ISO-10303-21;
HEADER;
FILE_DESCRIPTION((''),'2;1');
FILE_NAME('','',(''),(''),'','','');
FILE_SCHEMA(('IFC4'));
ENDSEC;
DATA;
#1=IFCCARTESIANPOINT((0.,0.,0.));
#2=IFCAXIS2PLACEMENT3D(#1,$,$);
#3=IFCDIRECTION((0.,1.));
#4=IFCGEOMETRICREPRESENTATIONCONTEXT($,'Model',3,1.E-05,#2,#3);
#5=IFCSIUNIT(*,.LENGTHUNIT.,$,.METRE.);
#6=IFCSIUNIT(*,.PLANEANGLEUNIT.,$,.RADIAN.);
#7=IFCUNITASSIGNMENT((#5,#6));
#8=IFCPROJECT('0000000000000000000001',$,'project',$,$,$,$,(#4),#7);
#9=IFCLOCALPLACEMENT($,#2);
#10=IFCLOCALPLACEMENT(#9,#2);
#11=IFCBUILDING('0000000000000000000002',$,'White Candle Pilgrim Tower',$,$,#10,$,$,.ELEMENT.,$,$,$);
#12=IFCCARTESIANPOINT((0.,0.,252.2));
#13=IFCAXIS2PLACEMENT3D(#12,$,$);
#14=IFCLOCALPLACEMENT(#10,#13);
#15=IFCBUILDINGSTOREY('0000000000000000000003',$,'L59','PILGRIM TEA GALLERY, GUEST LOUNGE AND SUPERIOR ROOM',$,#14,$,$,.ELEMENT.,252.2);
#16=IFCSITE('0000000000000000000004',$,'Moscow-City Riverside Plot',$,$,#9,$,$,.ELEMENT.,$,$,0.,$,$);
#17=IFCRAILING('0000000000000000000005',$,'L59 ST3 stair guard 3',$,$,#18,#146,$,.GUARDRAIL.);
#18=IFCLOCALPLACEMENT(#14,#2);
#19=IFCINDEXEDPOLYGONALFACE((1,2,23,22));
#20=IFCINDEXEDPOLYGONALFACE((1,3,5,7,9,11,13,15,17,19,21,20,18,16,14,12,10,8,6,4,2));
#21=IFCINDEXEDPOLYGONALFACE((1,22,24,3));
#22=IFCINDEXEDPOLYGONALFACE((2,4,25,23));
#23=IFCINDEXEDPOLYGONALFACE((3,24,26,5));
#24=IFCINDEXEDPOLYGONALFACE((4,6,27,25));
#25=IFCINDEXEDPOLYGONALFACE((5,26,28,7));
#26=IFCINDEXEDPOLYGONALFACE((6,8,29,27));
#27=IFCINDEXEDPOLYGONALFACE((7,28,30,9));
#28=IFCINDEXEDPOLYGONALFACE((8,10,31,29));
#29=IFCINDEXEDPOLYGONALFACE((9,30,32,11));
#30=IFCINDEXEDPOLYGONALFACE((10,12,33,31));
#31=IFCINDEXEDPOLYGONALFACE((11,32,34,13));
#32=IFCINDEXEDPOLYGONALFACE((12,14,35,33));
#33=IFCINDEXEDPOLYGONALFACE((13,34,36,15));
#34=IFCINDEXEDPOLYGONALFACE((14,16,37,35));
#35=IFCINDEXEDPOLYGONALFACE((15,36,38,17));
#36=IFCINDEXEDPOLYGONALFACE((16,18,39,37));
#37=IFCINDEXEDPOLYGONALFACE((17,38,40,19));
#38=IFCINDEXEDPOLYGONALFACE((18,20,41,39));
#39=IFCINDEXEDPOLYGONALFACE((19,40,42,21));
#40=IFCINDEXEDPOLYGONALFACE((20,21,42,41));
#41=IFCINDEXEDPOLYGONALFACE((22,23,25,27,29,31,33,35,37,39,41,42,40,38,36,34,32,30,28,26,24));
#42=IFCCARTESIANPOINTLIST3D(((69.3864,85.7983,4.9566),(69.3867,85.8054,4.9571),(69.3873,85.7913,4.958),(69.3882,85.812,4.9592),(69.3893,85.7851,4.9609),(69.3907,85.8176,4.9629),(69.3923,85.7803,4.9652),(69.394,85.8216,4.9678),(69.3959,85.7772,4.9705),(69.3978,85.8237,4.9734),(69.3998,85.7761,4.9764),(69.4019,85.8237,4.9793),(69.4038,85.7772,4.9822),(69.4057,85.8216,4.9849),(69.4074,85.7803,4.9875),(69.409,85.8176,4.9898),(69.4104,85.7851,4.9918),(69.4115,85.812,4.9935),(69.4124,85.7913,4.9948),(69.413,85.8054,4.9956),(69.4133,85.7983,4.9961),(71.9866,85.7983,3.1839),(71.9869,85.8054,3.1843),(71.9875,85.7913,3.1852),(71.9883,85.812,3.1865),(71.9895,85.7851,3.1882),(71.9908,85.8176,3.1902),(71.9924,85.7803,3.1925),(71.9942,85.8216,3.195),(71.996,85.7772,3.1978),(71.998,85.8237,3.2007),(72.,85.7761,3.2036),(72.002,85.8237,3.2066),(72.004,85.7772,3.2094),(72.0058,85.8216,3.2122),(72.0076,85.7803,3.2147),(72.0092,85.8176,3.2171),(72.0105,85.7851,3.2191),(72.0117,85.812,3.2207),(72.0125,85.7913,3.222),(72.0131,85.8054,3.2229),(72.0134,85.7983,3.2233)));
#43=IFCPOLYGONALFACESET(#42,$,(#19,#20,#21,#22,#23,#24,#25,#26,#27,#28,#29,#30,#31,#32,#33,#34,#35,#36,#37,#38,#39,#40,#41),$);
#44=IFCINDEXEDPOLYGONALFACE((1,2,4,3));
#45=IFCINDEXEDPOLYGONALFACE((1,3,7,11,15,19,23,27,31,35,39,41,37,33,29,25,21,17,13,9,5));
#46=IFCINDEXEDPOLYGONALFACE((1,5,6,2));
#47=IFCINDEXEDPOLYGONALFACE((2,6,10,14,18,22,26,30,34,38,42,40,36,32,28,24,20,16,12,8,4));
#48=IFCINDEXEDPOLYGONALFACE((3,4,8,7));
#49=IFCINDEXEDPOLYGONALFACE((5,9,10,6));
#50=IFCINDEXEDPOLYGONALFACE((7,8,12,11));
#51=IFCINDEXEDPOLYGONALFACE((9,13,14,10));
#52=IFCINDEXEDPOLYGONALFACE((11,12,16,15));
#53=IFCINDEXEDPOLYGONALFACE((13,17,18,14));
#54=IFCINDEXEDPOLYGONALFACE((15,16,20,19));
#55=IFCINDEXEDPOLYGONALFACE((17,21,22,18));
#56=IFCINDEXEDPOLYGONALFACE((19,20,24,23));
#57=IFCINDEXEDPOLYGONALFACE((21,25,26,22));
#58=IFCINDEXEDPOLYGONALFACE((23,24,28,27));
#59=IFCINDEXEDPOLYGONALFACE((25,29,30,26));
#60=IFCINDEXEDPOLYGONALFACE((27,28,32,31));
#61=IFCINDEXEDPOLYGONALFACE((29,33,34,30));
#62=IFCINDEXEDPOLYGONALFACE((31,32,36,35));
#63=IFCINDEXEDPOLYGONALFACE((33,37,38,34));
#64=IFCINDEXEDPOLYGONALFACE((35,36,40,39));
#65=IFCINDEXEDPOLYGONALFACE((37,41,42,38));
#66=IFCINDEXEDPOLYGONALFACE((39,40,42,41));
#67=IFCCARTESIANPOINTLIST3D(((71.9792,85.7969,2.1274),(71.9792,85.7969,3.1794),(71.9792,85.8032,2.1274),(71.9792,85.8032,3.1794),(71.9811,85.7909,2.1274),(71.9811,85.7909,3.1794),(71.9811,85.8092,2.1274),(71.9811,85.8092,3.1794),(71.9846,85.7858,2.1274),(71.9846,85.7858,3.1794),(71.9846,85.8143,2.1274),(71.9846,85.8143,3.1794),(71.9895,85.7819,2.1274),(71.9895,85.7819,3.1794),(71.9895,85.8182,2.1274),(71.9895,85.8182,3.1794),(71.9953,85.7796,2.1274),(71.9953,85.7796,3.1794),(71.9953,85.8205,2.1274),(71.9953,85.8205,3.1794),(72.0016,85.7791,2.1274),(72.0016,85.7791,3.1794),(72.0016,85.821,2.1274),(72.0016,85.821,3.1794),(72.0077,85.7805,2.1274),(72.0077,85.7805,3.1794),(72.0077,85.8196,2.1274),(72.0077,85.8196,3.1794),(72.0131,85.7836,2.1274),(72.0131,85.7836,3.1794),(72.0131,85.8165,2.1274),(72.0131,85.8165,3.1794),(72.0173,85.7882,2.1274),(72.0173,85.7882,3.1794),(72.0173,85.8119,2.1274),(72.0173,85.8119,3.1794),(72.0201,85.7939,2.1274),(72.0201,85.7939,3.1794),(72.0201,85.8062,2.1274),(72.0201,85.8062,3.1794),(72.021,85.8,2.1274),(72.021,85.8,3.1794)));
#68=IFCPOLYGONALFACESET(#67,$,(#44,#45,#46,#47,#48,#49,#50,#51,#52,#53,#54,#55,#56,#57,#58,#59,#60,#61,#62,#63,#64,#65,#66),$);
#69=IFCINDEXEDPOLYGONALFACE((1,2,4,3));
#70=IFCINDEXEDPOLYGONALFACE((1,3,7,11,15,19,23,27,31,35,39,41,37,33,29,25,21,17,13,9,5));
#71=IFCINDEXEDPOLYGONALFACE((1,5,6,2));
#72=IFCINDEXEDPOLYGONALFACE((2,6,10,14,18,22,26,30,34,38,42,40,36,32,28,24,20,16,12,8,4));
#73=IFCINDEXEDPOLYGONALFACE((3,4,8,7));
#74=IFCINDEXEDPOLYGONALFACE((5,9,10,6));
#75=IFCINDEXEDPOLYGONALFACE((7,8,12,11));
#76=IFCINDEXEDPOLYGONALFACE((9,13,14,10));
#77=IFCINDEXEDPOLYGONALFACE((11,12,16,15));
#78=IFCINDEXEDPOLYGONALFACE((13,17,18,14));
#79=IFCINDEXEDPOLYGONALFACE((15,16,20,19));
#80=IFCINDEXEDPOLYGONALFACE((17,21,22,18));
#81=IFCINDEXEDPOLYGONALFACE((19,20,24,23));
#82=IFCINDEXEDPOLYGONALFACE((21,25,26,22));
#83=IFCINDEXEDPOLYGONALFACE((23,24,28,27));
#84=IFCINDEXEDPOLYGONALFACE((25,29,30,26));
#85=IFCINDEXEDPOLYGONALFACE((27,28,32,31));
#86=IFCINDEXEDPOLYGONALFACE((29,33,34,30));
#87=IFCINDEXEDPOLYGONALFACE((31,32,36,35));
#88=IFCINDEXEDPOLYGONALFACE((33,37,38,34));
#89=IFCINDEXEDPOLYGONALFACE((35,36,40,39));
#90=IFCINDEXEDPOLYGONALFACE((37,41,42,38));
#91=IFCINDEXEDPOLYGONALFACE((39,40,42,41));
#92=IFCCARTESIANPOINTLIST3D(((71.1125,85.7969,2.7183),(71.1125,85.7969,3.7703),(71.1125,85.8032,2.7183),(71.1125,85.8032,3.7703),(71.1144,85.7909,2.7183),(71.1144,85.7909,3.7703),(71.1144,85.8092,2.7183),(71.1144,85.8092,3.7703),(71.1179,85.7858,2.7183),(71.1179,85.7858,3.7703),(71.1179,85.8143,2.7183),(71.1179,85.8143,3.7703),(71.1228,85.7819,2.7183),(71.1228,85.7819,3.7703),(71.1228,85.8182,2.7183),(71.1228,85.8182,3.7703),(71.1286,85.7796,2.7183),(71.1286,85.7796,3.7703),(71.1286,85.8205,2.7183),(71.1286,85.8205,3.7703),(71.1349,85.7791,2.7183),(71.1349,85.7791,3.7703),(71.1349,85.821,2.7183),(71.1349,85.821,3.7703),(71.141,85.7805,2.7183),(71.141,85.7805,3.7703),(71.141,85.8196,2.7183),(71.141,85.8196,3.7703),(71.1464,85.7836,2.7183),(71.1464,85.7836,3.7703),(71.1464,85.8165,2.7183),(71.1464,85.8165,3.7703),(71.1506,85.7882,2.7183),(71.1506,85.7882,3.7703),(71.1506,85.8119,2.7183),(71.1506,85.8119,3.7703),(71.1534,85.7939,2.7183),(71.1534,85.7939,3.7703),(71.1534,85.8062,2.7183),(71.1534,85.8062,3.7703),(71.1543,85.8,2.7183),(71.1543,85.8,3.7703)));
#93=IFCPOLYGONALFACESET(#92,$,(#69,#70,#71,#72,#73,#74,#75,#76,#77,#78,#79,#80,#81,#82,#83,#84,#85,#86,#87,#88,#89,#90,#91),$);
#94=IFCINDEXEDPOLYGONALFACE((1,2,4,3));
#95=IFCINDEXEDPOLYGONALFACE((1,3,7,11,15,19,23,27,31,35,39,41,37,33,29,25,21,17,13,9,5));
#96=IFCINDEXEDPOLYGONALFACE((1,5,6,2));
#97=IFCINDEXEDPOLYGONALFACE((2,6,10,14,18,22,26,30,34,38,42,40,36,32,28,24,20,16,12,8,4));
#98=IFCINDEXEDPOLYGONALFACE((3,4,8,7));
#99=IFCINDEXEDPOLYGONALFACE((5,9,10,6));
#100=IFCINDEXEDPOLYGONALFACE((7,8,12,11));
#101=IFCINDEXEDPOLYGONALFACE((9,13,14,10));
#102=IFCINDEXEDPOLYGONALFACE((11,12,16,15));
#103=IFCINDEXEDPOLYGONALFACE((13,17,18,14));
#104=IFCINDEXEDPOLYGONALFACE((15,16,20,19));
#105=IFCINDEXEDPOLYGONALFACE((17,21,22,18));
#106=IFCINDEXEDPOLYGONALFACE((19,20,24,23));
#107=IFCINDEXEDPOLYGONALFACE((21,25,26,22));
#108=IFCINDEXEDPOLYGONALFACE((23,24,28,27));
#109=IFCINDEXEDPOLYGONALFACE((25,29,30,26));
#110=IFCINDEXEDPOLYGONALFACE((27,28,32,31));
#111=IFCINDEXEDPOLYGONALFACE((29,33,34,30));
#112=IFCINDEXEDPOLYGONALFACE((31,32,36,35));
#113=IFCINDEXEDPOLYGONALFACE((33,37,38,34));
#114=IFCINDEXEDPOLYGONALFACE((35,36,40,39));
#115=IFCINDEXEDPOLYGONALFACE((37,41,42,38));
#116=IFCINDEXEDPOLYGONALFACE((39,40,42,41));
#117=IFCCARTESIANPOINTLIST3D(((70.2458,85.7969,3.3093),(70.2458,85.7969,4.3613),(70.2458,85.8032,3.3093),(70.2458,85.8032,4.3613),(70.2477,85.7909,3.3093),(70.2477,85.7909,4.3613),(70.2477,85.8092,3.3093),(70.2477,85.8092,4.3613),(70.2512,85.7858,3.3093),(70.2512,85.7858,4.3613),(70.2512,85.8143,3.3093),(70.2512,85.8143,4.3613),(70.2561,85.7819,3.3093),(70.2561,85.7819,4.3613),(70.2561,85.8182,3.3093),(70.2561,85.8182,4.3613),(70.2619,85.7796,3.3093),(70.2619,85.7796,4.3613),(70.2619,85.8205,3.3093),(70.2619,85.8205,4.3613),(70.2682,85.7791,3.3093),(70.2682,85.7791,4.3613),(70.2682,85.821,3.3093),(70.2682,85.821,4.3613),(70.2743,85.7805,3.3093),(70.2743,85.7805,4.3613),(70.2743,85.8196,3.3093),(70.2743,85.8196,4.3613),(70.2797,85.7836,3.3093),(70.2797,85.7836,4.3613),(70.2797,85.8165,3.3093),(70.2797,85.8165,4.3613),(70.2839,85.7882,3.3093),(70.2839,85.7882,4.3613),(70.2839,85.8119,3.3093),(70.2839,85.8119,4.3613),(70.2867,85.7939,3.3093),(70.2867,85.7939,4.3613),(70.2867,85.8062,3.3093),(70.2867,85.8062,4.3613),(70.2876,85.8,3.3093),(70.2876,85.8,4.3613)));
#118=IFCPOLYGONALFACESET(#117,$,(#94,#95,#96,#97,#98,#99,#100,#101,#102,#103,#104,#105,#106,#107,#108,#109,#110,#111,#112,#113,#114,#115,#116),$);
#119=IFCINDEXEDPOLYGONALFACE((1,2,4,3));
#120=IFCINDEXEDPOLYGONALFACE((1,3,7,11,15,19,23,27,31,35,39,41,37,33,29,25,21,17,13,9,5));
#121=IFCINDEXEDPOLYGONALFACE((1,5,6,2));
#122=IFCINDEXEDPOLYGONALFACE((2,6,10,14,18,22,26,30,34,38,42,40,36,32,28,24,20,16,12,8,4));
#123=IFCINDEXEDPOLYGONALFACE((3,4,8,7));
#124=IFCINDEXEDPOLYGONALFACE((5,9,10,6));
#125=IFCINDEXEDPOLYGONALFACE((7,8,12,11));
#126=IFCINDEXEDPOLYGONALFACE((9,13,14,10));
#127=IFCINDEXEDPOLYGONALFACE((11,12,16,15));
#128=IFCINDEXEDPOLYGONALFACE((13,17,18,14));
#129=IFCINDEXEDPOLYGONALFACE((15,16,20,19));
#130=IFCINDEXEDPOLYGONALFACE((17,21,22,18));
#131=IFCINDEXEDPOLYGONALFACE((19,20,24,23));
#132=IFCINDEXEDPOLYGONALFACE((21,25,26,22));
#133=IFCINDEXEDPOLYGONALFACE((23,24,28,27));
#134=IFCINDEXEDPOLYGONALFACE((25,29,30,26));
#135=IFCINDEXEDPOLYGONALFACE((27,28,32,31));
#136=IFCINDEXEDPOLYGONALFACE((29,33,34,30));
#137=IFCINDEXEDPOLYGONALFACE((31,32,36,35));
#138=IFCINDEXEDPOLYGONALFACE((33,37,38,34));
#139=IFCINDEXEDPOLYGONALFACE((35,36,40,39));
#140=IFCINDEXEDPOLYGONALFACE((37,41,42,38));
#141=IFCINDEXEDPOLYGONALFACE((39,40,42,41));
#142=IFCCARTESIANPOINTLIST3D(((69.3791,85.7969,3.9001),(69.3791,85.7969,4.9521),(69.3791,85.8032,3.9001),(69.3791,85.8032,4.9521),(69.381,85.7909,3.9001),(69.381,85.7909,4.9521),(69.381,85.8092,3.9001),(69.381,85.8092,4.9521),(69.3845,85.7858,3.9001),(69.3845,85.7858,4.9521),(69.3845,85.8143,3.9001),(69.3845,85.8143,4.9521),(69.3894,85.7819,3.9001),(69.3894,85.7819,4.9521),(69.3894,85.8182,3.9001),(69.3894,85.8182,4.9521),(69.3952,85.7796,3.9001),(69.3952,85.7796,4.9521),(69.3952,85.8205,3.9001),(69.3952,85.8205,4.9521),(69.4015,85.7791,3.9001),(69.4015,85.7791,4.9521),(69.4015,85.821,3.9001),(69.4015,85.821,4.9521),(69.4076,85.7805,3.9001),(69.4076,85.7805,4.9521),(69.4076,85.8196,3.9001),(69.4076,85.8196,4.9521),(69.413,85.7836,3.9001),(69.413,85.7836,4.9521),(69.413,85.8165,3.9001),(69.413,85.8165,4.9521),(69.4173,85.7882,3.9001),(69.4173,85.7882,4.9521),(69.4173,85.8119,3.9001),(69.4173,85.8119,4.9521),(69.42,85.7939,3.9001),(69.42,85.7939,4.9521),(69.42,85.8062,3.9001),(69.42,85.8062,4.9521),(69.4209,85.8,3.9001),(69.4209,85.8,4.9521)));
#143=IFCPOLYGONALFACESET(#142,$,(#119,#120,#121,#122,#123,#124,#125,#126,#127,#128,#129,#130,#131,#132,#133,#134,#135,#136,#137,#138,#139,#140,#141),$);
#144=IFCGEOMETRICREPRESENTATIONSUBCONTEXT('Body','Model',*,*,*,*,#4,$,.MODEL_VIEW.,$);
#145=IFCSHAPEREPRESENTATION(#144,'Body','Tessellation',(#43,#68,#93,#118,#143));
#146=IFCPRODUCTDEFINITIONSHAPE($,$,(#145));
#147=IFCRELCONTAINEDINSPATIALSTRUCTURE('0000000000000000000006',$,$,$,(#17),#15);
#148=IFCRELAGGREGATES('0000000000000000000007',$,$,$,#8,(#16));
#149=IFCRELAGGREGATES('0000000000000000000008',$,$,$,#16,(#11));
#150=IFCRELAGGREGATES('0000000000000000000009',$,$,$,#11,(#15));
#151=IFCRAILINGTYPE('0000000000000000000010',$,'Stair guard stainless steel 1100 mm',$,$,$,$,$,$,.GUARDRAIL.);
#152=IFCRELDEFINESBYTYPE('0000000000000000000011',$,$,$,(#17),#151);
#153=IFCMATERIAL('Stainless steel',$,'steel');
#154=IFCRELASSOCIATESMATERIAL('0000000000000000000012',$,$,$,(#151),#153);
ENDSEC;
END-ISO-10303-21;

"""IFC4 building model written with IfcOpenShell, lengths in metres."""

from ifc_helpers import new_model, si_unit, direction, frame, origin, origin_2d, place, context, subcontext, project, spatial, circle, extrude, material, type_object, element, save


model = new_model("IFC4")

# Units and contexts
model_context = context("Model", 3, precision=1e-05, world=origin(), true_north=direction((0.0, 1.0)))
body_context = subcontext(model_context, "Body", "Model", "MODEL_VIEW")
ifc_project = project(units=[si_unit("LENGTHUNIT", "METRE"), si_unit("PLANEANGLEUNIT", "RADIAN")], contexts=[model_context])

# Site, building, storey
site_placement = place(None, origin())
site = spatial("IfcSite", under=ifc_project, at=site_placement, Name="Moscow-City Riverside Plot", CompositionType="ELEMENT", RefElevation=0.0)
building_placement = place(site_placement, origin())
building = spatial("IfcBuilding", under=site, at=building_placement, Name="White Candle Pilgrim Tower", CompositionType="ELEMENT")
storey_placement = place(building_placement, frame((0.0, 0.0, 252.2)))
storey = spatial("IfcBuildingStorey", under=building, at=storey_placement, Name="L59", Description="PILGRIM TEA GALLERY, GUEST LOUNGE AND SUPERIOR ROOM", CompositionType="ELEMENT", Elevation=252.2)

# Railing
ifc_material_1 = material(Name="Stainless steel", Category="steel")
railing_type_1 = type_object("IfcRailingType", Name="Stair guard stainless steel 1100 mm", PredefinedType="GUARDRAIL", material=ifc_material_1)
railing_1_placement = place(storey_placement, frame((72.0, 85.8, 2.1274)))
element("IfcRailing", 1, at=railing_1_placement, inside=storey, type_object=railing_type_1, Name="L59 ST3 stair guard 3", PredefinedType="GUARDRAIL", context=body_context, shape_type="SweptSolid", body=[
    extrude(circle(Radius=0.0239, at=origin_2d()), frame((0.0, 0.0, 1.0762), z_axis=(-0.82624, 0.0, 0.563318), x_axis=(0.0, -1.0, 0.0)), (0.0, 0.0, 1.0), 3.147),
    extrude(circle(Radius=0.021, at=origin_2d()), origin(), (0.0, 0.0, 1.0), 1.052),
    extrude(circle(Radius=0.021, at=origin_2d()), frame((-0.8667, 0.0, 0.5908)), (0.0, 0.0, 1.0), 1.052),
    extrude(circle(Radius=0.021, at=origin_2d()), frame((-1.7334, 0.0, 1.1819)), (0.0, 0.0, 1.0), 1.052),
    extrude(circle(Radius=0.021, at=origin_2d()), frame((-2.6001, 0.0, 1.7727)), (0.0, 0.0, 1.0), 1.052),
])

save(model, "model.ifc")
